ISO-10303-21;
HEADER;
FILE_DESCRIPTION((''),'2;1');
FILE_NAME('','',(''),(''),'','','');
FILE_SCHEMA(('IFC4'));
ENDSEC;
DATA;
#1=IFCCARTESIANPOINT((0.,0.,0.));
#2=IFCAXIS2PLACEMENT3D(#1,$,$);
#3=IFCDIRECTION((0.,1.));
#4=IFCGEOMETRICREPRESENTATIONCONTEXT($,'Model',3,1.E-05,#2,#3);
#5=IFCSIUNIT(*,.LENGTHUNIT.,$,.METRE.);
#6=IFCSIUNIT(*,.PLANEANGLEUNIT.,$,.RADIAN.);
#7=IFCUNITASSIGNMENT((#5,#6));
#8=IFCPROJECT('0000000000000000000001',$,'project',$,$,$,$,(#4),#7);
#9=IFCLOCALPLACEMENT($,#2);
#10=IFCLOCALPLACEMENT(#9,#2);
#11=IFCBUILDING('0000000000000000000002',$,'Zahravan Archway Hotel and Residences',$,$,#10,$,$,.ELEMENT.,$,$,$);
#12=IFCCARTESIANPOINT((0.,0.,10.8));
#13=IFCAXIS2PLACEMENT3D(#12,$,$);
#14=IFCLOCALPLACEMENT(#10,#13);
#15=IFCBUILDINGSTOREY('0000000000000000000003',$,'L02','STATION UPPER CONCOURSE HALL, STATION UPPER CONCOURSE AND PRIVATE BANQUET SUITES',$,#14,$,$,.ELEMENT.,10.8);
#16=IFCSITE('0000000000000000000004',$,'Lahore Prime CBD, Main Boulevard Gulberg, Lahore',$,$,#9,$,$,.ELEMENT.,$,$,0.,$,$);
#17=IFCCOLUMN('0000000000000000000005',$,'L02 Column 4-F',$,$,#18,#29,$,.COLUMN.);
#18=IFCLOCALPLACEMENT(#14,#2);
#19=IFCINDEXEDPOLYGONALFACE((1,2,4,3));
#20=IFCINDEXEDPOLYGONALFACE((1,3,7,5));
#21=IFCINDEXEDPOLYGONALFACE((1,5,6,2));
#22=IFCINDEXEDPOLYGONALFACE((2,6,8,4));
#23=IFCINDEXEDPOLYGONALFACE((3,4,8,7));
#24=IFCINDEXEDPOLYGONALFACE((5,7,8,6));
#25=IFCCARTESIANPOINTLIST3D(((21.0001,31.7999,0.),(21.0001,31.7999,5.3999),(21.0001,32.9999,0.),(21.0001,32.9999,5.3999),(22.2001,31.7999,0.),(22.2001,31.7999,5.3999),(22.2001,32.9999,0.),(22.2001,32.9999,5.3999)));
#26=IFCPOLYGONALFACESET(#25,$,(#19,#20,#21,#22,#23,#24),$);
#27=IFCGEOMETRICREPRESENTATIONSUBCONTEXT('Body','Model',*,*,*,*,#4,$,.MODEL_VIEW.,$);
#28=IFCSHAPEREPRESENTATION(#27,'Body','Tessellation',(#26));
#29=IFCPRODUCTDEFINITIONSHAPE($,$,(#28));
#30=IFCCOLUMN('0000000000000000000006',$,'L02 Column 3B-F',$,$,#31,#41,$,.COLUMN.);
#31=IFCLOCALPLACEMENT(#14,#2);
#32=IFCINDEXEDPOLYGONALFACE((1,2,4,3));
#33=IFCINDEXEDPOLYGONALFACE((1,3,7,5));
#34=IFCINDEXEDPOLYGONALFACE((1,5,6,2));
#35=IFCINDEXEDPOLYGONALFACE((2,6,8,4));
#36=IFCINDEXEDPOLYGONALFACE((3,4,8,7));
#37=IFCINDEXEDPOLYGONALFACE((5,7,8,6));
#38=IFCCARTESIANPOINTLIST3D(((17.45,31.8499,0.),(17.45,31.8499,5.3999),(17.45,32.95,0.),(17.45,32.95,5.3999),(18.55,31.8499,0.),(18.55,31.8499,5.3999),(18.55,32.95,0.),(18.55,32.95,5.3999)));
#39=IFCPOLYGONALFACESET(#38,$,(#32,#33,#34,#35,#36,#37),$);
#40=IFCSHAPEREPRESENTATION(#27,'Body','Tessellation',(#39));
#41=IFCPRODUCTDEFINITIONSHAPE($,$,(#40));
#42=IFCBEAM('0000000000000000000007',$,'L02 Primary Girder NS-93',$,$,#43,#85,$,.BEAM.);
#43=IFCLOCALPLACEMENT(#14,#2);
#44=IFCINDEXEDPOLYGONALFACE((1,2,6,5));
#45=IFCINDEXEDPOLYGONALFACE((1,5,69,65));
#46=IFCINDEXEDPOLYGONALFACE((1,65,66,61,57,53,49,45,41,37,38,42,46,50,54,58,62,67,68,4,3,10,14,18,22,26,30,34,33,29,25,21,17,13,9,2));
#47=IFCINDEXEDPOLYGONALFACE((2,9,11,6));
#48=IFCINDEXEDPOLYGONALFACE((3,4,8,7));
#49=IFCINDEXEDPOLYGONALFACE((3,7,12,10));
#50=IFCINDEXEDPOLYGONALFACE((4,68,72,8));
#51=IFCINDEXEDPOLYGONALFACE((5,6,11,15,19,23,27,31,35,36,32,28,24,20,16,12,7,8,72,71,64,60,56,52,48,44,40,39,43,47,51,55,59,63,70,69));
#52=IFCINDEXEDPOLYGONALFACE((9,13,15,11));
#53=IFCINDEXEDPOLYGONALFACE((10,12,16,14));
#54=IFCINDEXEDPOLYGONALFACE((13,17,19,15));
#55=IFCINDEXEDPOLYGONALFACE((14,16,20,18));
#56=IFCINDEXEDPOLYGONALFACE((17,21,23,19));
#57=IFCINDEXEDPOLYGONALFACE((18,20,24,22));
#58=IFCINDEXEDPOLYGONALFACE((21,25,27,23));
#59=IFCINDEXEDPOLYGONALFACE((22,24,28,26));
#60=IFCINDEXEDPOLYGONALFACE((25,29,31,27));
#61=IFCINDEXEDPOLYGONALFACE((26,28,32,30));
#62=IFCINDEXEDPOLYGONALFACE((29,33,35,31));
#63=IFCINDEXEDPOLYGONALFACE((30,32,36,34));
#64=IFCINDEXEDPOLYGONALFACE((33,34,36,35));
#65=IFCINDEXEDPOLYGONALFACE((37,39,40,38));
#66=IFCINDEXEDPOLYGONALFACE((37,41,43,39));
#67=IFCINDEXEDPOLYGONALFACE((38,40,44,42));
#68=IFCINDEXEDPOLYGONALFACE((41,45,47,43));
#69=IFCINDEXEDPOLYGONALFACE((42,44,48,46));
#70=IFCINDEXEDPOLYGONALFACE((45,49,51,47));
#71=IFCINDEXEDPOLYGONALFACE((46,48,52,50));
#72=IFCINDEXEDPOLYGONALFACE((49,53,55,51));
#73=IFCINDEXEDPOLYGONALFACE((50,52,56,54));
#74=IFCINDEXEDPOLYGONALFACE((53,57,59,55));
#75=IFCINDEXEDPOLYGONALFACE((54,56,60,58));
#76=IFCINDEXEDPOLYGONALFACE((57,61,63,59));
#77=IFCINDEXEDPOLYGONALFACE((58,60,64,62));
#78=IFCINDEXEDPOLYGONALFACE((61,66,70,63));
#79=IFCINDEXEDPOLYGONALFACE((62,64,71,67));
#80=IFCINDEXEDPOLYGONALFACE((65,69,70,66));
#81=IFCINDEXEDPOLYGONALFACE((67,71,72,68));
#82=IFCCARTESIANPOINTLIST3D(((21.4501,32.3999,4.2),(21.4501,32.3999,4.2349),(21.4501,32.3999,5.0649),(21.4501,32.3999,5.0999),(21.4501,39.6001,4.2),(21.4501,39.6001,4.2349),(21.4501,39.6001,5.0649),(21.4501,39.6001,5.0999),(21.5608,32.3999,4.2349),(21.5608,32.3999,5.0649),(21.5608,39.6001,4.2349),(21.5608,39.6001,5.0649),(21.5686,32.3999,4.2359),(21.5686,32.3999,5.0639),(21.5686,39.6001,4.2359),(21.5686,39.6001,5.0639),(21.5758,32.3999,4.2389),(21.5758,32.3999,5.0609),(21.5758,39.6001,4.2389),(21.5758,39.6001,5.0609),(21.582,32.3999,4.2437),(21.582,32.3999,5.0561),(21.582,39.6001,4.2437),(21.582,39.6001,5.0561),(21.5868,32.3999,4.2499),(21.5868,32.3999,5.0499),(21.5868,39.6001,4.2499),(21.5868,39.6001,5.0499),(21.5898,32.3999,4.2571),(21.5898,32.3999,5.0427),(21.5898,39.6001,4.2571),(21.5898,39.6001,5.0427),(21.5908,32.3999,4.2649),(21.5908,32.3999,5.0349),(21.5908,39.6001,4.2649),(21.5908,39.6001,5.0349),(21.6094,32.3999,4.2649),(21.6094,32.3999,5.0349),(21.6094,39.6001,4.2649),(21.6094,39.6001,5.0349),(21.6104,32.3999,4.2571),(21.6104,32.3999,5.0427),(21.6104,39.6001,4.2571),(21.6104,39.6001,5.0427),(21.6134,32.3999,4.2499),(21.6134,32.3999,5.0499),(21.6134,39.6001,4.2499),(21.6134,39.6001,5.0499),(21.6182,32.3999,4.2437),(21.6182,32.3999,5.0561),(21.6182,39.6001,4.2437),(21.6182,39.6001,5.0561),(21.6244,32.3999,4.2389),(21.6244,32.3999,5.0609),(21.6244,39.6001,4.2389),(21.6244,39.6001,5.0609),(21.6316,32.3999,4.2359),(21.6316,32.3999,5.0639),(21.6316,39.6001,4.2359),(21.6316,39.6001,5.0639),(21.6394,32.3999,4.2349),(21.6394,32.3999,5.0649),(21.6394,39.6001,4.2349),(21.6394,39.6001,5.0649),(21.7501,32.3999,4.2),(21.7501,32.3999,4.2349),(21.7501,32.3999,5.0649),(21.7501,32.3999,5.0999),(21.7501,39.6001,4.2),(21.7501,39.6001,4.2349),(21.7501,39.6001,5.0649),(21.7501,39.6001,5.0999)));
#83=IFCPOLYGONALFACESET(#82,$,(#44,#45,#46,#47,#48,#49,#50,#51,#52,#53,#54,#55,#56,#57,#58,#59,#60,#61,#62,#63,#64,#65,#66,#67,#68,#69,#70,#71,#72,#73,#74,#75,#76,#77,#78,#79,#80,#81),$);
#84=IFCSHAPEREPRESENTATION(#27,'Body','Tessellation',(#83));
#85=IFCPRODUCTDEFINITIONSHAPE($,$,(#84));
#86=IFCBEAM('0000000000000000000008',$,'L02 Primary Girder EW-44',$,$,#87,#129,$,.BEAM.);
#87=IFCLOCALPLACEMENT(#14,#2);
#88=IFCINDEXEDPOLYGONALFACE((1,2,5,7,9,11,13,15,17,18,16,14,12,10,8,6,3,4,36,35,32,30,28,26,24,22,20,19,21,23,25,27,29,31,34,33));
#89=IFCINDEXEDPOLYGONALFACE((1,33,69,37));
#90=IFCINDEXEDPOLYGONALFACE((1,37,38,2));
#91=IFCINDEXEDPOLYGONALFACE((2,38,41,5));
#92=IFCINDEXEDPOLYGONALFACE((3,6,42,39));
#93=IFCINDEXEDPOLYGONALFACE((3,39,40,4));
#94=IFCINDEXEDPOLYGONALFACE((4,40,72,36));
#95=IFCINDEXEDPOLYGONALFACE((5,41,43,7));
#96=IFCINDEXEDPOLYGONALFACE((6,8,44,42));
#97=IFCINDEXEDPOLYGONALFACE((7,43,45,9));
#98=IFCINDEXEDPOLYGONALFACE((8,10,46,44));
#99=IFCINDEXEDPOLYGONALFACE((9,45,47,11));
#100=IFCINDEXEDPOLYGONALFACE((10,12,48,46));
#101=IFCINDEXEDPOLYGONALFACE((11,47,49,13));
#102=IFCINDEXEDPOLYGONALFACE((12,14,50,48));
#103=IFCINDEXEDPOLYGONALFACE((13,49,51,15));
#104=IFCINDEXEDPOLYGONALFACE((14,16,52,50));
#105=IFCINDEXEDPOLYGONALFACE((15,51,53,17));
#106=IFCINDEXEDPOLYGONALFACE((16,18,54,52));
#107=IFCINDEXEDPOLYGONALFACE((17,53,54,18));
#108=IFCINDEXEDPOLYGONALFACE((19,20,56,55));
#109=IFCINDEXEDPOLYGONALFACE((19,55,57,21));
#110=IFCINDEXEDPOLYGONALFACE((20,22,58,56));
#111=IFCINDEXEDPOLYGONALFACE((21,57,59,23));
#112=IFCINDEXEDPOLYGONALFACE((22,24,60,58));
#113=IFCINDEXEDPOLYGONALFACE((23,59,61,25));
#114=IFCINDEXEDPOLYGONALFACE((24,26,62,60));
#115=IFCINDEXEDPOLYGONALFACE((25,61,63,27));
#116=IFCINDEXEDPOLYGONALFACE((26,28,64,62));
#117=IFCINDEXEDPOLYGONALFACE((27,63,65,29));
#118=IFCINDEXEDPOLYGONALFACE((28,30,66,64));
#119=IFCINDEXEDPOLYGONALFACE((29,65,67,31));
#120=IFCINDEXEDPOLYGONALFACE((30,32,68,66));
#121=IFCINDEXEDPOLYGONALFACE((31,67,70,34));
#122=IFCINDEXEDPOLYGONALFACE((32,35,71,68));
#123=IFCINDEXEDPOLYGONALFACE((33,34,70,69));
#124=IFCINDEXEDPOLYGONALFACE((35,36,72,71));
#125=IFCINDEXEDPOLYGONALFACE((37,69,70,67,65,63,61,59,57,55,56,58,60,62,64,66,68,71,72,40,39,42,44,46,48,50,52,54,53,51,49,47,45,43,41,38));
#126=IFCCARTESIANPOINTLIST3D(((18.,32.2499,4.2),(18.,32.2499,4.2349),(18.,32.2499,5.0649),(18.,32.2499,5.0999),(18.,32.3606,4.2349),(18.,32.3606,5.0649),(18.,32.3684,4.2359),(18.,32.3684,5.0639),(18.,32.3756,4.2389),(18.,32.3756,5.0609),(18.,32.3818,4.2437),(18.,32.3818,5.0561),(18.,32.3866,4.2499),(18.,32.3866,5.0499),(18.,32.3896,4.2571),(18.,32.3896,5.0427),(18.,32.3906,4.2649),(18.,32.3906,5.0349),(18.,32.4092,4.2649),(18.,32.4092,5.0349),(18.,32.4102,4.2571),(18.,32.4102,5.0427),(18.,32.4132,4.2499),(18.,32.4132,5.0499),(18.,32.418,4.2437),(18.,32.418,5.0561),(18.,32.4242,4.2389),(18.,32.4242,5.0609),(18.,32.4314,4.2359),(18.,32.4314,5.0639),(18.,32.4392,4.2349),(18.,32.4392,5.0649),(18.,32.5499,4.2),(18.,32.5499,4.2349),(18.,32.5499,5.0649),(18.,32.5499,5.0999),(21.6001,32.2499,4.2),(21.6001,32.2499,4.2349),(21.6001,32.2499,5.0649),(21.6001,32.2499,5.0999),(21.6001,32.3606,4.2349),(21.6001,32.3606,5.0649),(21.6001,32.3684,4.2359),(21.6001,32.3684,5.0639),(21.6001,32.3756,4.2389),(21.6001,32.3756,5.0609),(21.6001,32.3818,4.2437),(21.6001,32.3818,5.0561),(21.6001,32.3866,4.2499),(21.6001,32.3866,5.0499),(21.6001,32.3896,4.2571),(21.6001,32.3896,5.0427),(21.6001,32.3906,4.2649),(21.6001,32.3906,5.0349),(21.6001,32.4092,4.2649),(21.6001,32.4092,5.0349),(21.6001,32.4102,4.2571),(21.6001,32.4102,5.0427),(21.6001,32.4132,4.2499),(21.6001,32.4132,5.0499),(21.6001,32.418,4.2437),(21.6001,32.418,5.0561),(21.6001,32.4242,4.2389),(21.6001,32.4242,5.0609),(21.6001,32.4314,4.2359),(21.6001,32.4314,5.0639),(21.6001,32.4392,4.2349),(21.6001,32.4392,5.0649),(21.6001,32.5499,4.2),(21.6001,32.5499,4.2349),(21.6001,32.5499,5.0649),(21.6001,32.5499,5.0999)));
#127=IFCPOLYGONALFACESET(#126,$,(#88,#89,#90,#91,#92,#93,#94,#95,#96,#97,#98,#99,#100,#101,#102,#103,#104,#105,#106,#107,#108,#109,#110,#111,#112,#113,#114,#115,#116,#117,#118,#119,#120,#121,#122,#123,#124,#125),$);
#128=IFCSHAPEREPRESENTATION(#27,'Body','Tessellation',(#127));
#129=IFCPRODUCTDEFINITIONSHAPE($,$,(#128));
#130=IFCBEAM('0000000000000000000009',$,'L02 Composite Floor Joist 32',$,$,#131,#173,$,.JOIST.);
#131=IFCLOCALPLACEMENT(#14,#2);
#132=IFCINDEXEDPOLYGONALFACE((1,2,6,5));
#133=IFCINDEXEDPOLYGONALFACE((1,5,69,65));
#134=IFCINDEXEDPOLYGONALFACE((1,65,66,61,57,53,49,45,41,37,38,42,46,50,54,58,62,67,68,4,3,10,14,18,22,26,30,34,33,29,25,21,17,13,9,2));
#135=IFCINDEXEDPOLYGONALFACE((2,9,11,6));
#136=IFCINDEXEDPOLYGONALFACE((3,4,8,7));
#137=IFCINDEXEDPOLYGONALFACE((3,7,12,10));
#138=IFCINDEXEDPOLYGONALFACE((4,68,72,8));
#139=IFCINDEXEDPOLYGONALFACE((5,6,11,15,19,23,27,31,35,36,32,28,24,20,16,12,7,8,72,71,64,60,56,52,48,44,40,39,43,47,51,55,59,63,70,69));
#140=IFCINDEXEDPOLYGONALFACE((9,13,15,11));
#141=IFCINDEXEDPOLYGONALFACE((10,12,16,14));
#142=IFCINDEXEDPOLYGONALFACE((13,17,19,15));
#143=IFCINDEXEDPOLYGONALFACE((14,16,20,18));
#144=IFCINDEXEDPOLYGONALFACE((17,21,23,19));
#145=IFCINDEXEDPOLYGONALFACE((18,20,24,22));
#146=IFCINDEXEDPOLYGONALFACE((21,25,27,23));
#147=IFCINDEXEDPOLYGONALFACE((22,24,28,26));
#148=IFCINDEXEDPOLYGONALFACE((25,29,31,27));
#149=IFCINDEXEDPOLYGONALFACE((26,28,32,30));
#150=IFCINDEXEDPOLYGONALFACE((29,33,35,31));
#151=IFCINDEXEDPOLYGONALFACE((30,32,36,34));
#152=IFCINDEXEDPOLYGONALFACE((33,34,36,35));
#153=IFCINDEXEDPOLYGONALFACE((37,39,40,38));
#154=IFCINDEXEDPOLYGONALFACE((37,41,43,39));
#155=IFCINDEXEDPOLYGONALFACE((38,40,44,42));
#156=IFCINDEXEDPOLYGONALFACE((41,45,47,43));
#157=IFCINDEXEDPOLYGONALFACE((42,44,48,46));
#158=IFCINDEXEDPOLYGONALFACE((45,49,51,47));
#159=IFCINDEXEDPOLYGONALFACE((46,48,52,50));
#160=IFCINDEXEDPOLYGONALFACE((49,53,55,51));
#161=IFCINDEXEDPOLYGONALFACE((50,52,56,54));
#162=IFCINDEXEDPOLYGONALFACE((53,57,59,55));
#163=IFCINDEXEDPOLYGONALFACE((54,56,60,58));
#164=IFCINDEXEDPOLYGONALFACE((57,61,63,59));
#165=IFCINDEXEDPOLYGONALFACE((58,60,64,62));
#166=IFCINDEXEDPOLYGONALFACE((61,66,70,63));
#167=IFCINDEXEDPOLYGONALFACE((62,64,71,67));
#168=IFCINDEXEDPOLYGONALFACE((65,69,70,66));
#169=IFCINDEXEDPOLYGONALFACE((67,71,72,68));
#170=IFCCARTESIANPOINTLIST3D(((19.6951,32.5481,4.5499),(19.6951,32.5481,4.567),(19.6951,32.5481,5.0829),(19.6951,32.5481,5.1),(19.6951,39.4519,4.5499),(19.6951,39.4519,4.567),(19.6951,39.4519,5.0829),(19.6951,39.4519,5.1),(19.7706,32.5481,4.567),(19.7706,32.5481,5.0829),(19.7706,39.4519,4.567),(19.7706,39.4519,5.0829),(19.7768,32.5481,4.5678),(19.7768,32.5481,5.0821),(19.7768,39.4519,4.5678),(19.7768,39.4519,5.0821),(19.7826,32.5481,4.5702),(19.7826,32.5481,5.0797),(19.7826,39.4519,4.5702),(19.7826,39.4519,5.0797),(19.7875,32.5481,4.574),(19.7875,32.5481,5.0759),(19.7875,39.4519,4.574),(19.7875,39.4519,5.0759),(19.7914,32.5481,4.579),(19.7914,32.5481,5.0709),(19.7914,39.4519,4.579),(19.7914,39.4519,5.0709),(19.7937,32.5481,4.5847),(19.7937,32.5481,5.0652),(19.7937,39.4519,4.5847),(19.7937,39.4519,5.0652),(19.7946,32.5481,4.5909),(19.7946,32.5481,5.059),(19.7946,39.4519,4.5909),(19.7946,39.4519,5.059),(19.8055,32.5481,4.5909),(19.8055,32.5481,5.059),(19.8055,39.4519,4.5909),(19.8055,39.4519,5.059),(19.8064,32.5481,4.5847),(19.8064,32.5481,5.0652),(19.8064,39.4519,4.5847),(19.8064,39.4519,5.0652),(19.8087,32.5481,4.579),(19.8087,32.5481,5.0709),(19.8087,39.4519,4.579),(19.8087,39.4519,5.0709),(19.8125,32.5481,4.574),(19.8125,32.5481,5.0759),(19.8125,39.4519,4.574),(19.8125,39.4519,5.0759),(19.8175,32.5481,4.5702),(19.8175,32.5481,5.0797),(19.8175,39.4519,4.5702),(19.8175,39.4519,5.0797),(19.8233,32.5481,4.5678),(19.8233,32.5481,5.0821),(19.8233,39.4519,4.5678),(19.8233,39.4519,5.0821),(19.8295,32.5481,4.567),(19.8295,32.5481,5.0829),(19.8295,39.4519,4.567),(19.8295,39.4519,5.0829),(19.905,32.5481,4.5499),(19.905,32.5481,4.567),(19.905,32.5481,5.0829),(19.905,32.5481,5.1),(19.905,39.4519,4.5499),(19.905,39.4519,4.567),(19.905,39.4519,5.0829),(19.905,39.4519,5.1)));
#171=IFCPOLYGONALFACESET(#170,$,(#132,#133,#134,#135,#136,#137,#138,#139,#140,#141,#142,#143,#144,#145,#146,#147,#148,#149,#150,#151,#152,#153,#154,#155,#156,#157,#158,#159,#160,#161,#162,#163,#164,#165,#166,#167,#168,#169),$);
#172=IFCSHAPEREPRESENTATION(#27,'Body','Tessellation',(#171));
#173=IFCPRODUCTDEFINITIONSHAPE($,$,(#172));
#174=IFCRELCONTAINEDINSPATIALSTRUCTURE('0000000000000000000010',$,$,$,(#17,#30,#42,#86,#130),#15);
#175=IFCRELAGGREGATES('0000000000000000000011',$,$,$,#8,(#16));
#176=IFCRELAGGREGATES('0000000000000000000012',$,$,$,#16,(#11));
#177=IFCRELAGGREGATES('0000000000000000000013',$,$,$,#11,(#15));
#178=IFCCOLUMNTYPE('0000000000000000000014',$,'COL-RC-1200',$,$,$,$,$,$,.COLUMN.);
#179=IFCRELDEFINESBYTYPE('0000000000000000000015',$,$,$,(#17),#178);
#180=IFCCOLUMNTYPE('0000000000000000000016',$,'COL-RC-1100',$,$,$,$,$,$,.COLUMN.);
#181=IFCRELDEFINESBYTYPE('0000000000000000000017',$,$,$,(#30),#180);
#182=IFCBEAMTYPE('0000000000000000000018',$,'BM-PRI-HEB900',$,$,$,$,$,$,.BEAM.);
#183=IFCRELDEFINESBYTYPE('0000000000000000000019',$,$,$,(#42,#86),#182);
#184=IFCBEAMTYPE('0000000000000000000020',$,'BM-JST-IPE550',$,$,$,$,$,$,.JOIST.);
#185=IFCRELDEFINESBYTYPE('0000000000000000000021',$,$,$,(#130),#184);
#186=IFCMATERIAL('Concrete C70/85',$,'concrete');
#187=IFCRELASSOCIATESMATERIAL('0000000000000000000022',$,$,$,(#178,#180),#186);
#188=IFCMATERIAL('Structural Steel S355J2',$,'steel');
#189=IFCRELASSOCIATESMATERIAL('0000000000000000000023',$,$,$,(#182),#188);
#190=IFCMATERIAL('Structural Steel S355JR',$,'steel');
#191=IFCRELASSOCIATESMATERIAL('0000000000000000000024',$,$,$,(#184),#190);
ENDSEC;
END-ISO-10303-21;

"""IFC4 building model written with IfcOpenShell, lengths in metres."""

from ifc_helpers import new_model, si_unit, direction, frame, origin, origin_2d, place, context, subcontext, project, spatial, rectangle, i_section, extrude, source, transform, mapped, material, material_profile, profile_set, type_object, element, save


model = new_model("IFC4")

# Units and contexts
model_context = context("Model", 3, precision=1e-05, world=origin(), true_north=direction((0.0, 1.0)))
body_context = subcontext(model_context, "Body", "Model", "MODEL_VIEW")
ifc_project = project(units=[si_unit("LENGTHUNIT", "METRE"), si_unit("PLANEANGLEUNIT", "RADIAN")], contexts=[model_context])

# Site, building, storey
site_placement = place(None, origin())
site = spatial("IfcSite", under=ifc_project, at=site_placement, Name="Lahore Prime CBD, Main Boulevard Gulberg, Lahore", CompositionType="ELEMENT", RefElevation=0.0)
building_placement = place(site_placement, origin())
building = spatial("IfcBuilding", under=site, at=building_placement, Name="Zahravan Archway Hotel and Residences", CompositionType="ELEMENT")
storey_placement = place(building_placement, frame((0.0, 0.0, 10.8)))
storey = spatial("IfcBuildingStorey", under=building, at=storey_placement, Name="L02", Description="STATION UPPER CONCOURSE HALL, STATION UPPER CONCOURSE AND PRIVATE BANQUET SUITES", CompositionType="ELEMENT", Elevation=10.8)

# Columns
ifc_material_1 = material(Name="Concrete C70/85", Category="concrete")
ifc_material_profile_1 = material_profile(ifc_material_1, rectangle(XDim=1.2, YDim=1.2, at=origin_2d()), Name="RC-COL-1200x1200", Category="concrete")
ifc_profile_set_1 = profile_set([ifc_material_profile_1], Name="Concrete C70/85")
column_type_1 = type_object("IfcColumnType", Name="COL-RC-1200", PredefinedType="COLUMN", material=ifc_profile_set_1)
shared_shape_1 = source(origin(), body_context, "Body", "SweptSolid", [
    extrude(rectangle(XDim=1.2, YDim=1.2, at=origin_2d()), origin(), (0.0, 0.0, 1.0), 5.3999),
])
column_1_placement = place(storey_placement, frame((21.6001, 32.3999, 0.0), z_axis=(0.0, 0.0, 1.0), x_axis=(1.0, 0.0, 0.0)))
element("IfcColumn", 1, at=column_1_placement, inside=storey, type_object=column_type_1, Name="L02 Column 4-F", PredefinedType="COLUMN", context=body_context, shape_type="MappedRepresentation", body=[
    mapped(shared_shape_1, transform((0.0, 0.0, 0.0), scale=1.0)),
])
ifc_material_profile_2 = material_profile(ifc_material_1, rectangle(XDim=1.1001, YDim=1.1001, at=origin_2d()), Name="RC 1100x1100", Category="concrete")
ifc_profile_set_2 = profile_set([ifc_material_profile_2], Name="Concrete C70/85")
column_type_2 = type_object("IfcColumnType", Name="COL-RC-1100", PredefinedType="COLUMN", material=ifc_profile_set_2)
shared_shape_2 = source(origin(), body_context, "Body", "SweptSolid", [
    extrude(rectangle(XDim=1.1001, YDim=1.1001, at=origin_2d()), origin(), (0.0, 0.0, 1.0), 5.3999),
])
column_2_placement = place(storey_placement, frame((18.0, 32.3999, 0.0), z_axis=(0.0, 0.0, 1.0), x_axis=(1.0, 0.0, 0.0)))
element("IfcColumn", 2, at=column_2_placement, inside=storey, type_object=column_type_2, Name="L02 Column 3B-F", PredefinedType="COLUMN", context=body_context, shape_type="MappedRepresentation", body=[
    mapped(shared_shape_2, transform((0.0, 0.0, 0.0), scale=1.0)),
])

# Beams
ifc_material_2 = material(Name="Structural Steel S355J2", Category="steel")
ifc_material_profile_3 = material_profile(ifc_material_2, i_section(OverallWidth=0.3, OverallDepth=0.8999, WebThickness=0.0186, FlangeThickness=0.0349, FilletRadius=0.03, at=origin_2d()), Name="HEB 900", Category="steel")
ifc_profile_set_3 = profile_set([ifc_material_profile_3], Name="Structural Steel S355J2")
beam_type_1 = type_object("IfcBeamType", Name="BM-PRI-HEB900", PredefinedType="BEAM", material=ifc_profile_set_3)
shared_shape_3 = source(origin(), body_context, "Body", "SweptSolid", [
    extrude(i_section(OverallWidth=0.3, OverallDepth=0.8999, WebThickness=0.0186, FlangeThickness=0.0349, FilletRadius=0.03, at=origin_2d()), origin(), (0.0, 0.0, 1.0), 7.2002),
])
beam_1_placement = place(storey_placement, frame((21.6001, 32.3999, 4.6499), z_axis=(0.0, 1.0, 0.0), x_axis=(-1.0, 0.0, 0.0)))
element("IfcBeam", 3, at=beam_1_placement, inside=storey, type_object=beam_type_1, Name="L02 Primary Girder NS-93", PredefinedType="BEAM", context=body_context, shape_type="MappedRepresentation", body=[
    mapped(shared_shape_3, transform((0.0, 0.0, 0.0), scale=1.0)),
])
shared_shape_4 = source(origin(), body_context, "Body", "SweptSolid", [
    extrude(i_section(OverallWidth=0.3, OverallDepth=0.8999, WebThickness=0.0186, FlangeThickness=0.0349, FilletRadius=0.03, at=origin_2d()), origin(), (0.0, 0.0, 1.0), 3.6001),
])
beam_2_placement = place(storey_placement, frame((18.0, 32.3999, 4.6499), z_axis=(1.0, 0.0, 0.0), x_axis=(0.0, 1.0, 0.0)))
element("IfcBeam", 4, at=beam_2_placement, inside=storey, type_object=beam_type_1, Name="L02 Primary Girder EW-44", PredefinedType="BEAM", context=body_context, shape_type="MappedRepresentation", body=[
    mapped(shared_shape_4, transform((0.0, 0.0, 0.0), scale=1.0)),
])
ifc_material_3 = material(Name="Structural Steel S355JR", Category="steel")
ifc_material_profile_4 = material_profile(ifc_material_3, i_section(OverallWidth=0.21, OverallDepth=0.55, WebThickness=0.011, FlangeThickness=0.0171, FilletRadius=0.0239, at=origin_2d()), Name="IPE 550", Category="steel")
ifc_profile_set_4 = profile_set([ifc_material_profile_4], Name="Structural Steel S355JR")
beam_type_2 = type_object("IfcBeamType", Name="BM-JST-IPE550", PredefinedType="JOIST", material=ifc_profile_set_4)
shared_shape_5 = source(origin(), body_context, "Body", "SweptSolid", [
    extrude(i_section(OverallWidth=0.21, OverallDepth=0.55, WebThickness=0.011, FlangeThickness=0.0171, FilletRadius=0.0239, at=origin_2d()), origin(), (0.0, 0.0, 1.0), 6.9038),
])
beam_3_placement = place(storey_placement, frame((19.8, 32.5481, 4.825), z_axis=(0.0, 1.0, 0.0), x_axis=(-1.0, 0.0, 0.0)))
element("IfcBeam", 5, at=beam_3_placement, inside=storey, type_object=beam_type_2, Name="L02 Composite Floor Joist 32", PredefinedType="JOIST", context=body_context, shape_type="MappedRepresentation", body=[
    mapped(shared_shape_5, transform((0.0, 0.0, 0.0), scale=1.0)),
])

save(model, "model.ifc")
